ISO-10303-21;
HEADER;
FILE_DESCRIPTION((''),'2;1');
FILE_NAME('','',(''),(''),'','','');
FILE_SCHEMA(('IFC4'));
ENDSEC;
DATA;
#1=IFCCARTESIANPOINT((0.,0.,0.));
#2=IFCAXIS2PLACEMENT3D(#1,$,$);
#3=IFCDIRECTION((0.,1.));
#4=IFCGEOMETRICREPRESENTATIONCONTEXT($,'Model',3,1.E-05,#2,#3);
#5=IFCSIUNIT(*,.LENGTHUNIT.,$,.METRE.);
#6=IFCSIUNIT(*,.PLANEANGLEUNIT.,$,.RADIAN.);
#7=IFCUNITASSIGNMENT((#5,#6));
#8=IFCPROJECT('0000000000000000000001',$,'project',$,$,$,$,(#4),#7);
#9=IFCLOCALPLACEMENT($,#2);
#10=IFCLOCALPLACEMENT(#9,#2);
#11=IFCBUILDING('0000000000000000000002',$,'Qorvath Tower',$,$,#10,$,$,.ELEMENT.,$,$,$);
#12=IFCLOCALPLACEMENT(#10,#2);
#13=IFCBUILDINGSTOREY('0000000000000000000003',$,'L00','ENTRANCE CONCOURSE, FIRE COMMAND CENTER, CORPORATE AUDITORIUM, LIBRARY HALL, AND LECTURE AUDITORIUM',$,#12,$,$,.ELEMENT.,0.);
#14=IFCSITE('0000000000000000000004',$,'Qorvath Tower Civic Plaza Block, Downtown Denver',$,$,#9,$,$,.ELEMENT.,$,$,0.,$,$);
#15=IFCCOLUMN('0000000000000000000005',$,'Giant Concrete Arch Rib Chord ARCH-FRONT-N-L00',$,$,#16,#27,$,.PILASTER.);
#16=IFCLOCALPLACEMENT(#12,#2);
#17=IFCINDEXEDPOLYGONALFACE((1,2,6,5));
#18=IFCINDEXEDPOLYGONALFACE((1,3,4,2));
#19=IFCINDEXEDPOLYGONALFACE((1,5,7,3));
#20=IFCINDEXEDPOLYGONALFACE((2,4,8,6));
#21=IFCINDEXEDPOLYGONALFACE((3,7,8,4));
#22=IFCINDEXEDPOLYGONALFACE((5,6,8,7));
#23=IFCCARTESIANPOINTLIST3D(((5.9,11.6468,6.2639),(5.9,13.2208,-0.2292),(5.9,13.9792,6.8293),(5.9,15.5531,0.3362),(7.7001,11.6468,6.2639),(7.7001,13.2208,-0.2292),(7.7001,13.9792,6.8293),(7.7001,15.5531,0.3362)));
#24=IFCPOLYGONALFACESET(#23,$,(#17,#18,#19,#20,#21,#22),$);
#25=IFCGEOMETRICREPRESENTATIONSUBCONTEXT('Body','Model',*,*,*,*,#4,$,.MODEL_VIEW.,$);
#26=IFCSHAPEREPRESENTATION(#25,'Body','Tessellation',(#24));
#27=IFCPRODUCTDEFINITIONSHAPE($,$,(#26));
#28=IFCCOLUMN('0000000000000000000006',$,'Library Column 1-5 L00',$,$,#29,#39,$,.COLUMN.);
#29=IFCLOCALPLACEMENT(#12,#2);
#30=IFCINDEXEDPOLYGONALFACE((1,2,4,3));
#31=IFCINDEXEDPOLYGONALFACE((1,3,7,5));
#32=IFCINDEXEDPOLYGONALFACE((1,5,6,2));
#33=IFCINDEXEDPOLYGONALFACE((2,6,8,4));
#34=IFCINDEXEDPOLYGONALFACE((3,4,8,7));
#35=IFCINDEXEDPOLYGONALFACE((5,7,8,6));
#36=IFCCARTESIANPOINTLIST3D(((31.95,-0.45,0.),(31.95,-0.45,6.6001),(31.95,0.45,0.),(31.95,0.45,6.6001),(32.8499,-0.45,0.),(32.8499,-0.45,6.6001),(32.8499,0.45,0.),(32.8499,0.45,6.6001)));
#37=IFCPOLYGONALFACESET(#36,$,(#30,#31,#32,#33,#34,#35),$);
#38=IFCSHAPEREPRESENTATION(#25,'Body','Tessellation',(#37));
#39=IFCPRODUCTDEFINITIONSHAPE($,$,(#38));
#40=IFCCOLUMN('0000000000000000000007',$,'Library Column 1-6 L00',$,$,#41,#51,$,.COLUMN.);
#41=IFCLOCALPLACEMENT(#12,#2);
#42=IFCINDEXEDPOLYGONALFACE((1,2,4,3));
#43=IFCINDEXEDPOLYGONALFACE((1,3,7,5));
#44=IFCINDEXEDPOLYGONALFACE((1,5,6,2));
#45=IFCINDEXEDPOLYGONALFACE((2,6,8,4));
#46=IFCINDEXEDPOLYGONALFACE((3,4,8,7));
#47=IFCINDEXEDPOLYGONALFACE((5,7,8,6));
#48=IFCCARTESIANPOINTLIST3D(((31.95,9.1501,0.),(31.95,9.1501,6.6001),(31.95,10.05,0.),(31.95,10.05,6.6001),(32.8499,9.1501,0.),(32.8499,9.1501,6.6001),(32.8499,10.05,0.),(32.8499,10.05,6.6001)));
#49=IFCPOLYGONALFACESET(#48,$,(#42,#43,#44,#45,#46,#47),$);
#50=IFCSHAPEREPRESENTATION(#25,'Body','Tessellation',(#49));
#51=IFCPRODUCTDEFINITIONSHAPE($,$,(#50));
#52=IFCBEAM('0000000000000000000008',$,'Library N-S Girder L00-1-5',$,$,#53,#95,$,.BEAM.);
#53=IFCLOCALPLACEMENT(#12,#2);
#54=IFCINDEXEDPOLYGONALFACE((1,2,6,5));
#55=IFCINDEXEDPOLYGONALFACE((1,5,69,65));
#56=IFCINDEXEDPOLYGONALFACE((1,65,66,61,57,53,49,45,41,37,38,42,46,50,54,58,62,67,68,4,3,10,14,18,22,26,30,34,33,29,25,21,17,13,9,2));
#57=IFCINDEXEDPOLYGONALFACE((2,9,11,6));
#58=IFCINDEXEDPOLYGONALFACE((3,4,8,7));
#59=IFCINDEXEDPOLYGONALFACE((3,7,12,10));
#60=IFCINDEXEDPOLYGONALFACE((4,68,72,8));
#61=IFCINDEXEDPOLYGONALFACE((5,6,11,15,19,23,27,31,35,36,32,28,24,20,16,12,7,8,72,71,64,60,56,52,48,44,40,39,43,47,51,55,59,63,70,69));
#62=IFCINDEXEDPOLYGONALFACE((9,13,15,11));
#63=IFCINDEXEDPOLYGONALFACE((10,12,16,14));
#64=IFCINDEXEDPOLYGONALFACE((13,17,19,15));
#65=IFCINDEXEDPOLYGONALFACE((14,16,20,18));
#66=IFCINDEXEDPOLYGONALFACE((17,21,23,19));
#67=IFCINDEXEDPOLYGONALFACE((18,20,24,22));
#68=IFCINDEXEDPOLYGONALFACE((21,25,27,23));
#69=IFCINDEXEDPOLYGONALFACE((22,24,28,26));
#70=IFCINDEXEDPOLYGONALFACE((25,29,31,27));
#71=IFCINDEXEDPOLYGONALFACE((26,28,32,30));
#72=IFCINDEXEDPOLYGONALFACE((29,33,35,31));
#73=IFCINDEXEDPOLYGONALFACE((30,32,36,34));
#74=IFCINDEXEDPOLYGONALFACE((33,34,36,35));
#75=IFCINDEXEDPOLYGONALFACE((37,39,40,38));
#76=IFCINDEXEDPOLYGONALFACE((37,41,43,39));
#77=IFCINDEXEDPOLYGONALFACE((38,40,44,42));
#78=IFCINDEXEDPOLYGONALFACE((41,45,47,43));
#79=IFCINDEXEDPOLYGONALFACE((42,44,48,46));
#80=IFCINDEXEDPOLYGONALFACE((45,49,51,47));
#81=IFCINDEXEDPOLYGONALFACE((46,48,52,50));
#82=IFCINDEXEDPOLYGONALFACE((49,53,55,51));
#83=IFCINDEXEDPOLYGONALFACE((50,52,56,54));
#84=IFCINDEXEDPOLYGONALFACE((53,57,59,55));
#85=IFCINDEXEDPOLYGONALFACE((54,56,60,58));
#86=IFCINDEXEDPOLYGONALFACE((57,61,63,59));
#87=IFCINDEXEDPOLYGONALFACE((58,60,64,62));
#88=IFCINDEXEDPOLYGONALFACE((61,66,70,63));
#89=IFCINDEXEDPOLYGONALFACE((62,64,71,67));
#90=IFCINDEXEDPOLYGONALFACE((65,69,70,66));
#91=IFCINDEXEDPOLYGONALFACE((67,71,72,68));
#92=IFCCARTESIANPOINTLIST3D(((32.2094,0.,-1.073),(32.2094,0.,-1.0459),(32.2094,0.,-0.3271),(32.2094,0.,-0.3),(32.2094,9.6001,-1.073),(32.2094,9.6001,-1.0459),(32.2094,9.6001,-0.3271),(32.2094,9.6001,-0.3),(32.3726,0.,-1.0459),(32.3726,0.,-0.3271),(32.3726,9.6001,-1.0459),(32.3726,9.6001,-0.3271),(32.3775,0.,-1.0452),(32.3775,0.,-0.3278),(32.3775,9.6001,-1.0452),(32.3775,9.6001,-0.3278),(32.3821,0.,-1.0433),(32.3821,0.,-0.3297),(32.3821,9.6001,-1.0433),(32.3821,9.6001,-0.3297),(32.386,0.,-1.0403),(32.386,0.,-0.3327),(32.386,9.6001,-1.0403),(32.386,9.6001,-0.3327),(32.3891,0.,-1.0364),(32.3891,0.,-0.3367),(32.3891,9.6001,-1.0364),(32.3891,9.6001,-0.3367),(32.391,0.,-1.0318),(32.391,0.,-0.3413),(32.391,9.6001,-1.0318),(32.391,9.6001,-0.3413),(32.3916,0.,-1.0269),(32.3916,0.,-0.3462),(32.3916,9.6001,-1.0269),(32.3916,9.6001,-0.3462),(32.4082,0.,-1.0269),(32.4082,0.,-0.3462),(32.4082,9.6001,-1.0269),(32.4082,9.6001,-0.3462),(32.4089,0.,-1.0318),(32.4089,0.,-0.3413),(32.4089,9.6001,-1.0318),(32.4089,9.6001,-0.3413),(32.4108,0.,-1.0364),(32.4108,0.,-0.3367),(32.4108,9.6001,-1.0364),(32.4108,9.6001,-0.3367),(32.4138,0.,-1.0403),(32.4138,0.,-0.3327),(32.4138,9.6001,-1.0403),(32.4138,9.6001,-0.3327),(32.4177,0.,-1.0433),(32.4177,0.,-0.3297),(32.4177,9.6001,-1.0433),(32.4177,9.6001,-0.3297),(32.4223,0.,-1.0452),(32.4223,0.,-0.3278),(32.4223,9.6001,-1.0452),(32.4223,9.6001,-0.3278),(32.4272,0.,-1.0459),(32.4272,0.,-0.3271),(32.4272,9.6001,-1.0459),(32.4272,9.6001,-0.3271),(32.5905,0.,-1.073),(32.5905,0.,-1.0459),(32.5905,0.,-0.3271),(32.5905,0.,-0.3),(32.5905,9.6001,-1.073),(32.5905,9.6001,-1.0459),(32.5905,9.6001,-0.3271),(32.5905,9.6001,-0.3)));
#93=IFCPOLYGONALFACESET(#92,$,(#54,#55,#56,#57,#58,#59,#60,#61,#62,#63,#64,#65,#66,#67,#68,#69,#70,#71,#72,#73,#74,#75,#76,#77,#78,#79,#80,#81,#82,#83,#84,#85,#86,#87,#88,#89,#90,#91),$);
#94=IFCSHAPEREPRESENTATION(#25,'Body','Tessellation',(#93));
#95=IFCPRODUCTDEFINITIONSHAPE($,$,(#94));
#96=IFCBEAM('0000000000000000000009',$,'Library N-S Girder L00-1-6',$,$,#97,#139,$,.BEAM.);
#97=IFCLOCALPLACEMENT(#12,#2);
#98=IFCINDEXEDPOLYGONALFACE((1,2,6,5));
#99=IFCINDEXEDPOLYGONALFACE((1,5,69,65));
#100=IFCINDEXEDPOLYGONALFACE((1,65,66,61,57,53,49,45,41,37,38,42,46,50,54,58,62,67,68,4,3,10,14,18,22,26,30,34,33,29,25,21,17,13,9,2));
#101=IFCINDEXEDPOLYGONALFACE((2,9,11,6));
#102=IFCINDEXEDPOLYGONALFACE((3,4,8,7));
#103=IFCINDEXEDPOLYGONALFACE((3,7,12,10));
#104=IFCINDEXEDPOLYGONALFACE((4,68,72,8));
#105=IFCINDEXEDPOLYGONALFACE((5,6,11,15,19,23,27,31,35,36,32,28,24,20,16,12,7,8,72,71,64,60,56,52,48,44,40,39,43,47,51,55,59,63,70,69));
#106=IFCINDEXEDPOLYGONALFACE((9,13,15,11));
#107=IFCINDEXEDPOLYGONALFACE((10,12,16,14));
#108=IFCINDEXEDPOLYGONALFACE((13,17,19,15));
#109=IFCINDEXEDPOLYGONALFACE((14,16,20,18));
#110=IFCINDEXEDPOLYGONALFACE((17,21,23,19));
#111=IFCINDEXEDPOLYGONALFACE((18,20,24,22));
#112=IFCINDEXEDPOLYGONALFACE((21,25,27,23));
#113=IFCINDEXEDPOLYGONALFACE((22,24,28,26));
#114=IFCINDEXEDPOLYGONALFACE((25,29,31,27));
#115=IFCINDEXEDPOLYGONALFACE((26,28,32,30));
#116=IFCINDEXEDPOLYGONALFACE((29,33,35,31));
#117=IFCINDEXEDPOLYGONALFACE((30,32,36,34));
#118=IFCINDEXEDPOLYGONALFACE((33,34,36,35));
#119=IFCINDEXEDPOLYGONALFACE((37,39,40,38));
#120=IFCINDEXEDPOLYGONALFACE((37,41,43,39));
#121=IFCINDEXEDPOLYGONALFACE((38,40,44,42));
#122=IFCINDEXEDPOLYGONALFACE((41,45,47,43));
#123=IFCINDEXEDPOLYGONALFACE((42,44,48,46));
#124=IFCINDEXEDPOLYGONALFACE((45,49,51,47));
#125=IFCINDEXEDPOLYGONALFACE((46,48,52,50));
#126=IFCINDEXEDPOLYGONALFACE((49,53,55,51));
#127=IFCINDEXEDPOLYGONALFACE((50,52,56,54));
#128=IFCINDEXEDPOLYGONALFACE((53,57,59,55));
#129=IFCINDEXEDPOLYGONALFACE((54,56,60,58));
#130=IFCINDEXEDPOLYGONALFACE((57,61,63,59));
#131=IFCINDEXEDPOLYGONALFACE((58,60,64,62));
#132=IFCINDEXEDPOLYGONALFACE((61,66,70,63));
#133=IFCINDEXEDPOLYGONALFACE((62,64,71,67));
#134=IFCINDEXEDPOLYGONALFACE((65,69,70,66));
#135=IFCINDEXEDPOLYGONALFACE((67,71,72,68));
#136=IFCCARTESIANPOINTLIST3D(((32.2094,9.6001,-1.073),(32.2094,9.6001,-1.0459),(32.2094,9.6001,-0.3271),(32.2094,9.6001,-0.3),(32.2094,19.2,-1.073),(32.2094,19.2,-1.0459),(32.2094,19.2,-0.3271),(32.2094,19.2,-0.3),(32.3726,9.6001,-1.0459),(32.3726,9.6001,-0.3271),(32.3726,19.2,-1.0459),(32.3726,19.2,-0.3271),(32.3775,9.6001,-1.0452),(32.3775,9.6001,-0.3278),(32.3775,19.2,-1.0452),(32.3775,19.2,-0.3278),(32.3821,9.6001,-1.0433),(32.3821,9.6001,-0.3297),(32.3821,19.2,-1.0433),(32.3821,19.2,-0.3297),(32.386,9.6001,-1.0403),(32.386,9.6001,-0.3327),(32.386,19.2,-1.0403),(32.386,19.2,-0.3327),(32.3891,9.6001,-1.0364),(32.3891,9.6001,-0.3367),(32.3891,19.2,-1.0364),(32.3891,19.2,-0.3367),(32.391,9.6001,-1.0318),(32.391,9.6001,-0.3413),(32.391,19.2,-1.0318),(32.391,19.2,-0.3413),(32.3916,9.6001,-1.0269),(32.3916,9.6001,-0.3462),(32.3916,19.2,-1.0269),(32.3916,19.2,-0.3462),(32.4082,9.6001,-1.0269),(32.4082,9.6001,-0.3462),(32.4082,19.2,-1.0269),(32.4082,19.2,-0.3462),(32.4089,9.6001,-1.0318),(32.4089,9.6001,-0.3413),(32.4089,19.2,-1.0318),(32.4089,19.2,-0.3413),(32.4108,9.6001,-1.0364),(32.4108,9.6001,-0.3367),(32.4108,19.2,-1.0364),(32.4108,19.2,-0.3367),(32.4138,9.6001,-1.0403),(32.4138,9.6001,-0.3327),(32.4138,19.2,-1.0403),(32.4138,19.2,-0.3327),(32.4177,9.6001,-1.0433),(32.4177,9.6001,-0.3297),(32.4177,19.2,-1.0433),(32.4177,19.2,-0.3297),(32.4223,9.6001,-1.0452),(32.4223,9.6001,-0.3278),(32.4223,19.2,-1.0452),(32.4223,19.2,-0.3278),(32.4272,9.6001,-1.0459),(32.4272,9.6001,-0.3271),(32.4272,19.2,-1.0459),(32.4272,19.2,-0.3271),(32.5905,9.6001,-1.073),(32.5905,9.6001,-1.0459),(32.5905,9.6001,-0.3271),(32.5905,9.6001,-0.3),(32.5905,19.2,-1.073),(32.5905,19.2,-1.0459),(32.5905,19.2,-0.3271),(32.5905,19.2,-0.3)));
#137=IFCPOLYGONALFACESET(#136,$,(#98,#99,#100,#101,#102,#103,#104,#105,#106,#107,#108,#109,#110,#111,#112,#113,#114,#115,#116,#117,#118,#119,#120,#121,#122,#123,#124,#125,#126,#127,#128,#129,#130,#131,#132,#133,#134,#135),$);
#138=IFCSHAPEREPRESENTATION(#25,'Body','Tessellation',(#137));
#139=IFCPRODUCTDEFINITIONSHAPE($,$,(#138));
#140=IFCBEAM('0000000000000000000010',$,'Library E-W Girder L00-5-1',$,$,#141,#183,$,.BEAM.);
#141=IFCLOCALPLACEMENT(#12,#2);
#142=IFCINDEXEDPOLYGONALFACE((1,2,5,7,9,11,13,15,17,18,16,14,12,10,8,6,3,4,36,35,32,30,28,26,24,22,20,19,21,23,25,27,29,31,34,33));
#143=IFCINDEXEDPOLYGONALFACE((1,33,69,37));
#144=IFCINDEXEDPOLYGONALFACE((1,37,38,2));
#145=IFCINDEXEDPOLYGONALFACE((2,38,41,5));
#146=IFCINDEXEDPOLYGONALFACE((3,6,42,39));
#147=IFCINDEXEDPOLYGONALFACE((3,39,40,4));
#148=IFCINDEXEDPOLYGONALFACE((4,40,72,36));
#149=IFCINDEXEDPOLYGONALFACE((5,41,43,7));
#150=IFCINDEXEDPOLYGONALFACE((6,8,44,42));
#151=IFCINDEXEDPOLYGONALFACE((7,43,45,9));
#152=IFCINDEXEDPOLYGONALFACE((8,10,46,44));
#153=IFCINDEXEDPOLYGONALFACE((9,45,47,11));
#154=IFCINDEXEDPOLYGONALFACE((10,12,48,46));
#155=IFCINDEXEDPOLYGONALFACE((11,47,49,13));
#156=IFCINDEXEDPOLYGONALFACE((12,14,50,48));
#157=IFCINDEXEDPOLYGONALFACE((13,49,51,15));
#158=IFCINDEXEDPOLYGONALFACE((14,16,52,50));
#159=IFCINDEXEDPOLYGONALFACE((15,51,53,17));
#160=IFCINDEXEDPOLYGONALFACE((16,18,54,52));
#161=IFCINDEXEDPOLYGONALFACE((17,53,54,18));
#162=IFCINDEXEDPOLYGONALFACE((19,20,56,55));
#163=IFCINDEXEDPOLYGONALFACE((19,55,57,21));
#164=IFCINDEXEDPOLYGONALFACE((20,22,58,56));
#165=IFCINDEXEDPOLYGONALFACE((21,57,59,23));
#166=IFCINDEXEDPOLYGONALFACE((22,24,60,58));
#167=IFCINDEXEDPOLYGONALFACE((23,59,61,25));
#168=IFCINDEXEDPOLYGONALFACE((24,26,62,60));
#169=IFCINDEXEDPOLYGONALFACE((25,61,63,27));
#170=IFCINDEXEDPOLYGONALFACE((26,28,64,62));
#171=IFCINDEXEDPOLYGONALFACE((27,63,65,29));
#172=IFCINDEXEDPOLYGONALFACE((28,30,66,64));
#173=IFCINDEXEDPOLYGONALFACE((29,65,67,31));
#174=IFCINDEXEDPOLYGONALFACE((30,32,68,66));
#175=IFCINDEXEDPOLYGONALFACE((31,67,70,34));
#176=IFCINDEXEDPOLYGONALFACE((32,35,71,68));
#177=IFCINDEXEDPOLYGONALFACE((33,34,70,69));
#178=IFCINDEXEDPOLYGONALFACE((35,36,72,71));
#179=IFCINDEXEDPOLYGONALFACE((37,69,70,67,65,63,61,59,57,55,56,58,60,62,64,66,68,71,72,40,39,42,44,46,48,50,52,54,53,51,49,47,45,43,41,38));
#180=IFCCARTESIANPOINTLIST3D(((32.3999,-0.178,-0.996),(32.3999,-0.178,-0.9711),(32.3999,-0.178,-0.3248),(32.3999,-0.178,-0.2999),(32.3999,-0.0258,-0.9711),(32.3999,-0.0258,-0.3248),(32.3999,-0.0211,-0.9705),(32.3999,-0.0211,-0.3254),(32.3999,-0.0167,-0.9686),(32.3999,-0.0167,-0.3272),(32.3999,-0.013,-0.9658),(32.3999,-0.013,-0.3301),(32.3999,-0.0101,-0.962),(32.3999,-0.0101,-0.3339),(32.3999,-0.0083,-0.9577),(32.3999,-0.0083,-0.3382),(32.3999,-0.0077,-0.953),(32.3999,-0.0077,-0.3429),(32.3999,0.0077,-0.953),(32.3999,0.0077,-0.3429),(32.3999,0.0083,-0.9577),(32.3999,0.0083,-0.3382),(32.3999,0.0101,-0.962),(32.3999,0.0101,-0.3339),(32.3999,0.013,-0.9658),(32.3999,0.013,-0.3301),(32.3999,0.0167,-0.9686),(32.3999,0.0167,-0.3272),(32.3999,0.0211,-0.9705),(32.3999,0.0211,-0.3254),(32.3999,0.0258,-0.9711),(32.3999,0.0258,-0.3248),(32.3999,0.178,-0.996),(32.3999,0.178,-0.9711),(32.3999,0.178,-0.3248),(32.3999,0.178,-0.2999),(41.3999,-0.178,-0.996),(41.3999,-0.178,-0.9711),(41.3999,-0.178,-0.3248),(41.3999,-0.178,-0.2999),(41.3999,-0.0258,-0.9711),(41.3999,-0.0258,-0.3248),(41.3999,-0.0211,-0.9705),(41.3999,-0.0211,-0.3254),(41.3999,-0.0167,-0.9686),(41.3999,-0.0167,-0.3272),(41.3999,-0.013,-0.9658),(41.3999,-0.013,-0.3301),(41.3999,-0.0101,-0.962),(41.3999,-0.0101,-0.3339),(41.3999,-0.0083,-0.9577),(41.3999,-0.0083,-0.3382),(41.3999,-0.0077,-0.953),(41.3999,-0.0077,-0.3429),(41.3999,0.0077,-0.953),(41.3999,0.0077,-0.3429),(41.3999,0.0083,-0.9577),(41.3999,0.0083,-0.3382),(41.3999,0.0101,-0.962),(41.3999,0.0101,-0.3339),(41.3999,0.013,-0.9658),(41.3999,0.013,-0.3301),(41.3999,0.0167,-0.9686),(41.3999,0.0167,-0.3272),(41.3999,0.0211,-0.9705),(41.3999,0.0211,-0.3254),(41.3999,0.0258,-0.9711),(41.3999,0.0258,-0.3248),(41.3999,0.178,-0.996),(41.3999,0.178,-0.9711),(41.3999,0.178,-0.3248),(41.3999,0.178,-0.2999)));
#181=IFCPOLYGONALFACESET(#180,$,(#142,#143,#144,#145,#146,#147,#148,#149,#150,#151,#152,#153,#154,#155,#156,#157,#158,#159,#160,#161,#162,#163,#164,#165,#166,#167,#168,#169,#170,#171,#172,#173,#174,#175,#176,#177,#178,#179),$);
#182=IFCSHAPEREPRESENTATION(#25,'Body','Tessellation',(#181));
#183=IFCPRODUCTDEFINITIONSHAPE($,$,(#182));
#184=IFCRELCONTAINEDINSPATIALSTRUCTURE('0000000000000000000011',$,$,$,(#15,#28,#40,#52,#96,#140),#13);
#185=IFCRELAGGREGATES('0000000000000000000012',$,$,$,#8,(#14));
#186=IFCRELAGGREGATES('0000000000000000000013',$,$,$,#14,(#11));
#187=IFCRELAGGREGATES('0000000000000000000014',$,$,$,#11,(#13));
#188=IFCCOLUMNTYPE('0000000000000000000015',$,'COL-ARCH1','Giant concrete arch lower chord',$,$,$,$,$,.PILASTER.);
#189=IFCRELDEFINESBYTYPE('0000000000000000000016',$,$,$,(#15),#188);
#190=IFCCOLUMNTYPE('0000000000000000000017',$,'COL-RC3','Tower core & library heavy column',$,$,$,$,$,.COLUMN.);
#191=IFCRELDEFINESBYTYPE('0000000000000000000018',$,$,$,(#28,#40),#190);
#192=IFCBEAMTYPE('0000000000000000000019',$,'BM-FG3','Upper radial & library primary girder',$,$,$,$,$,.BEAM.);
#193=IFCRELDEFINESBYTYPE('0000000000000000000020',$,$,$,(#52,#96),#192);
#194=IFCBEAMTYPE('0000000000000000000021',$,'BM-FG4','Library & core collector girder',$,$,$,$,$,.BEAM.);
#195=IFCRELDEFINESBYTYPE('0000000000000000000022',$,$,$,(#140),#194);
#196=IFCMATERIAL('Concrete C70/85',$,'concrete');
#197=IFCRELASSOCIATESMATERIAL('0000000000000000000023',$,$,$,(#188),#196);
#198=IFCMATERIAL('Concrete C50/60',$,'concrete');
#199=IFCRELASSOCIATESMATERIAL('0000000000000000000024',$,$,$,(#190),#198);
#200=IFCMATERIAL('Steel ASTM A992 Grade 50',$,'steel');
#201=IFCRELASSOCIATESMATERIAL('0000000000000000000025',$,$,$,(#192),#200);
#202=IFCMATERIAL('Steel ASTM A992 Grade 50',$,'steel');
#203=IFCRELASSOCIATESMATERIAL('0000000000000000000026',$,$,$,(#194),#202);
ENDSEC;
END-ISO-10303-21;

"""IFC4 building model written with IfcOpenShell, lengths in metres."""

from ifc_helpers import new_model, si_unit, direction, frame, origin, origin_2d, place, context, subcontext, project, spatial, rectangle, i_section, extrude, material, material_profile, profile_set, type_object, element, save


model = new_model("IFC4")

# Units and contexts
model_context = context("Model", 3, precision=1e-05, world=origin(), true_north=direction((0.0, 1.0)))
body_context = subcontext(model_context, "Body", "Model", "MODEL_VIEW")
ifc_project = project(units=[si_unit("LENGTHUNIT", "METRE"), si_unit("PLANEANGLEUNIT", "RADIAN")], contexts=[model_context])

# Site, building, storey
site_placement = place(None, origin())
site = spatial("IfcSite", under=ifc_project, at=site_placement, Name="Qorvath Tower Civic Plaza Block, Downtown Denver", CompositionType="ELEMENT", RefElevation=0.0)
building_placement = place(site_placement, origin())
building = spatial("IfcBuilding", under=site, at=building_placement, Name="Qorvath Tower", CompositionType="ELEMENT")
storey_placement = place(building_placement, origin())
storey = spatial("IfcBuildingStorey", under=building, at=storey_placement, Name="L00", Description="ENTRANCE CONCOURSE, FIRE COMMAND CENTER, CORPORATE AUDITORIUM, LIBRARY HALL, AND LECTURE AUDITORIUM", CompositionType="ELEMENT", Elevation=0.0)

# Columns
ifc_material_1 = material(Name="Concrete C70/85", Category="concrete")
ifc_material_profile_1 = material_profile(ifc_material_1, rectangle(XDim=1.8, YDim=2.3999, at=origin_2d()), Name="ARCH 2400x1800")
ifc_profile_set_1 = profile_set([ifc_material_profile_1], Name="Concrete C70/85")
column_type_1 = type_object("IfcColumnType", Name="COL-ARCH1", Description="Giant concrete arch lower chord", PredefinedType="PILASTER", material=ifc_profile_set_1)
column_placement = place(storey_placement, frame((6.8, 14.387, 0.0535), z_axis=(0.0, -0.235582, 0.971854), x_axis=(1.0, 0.0, 0.0)))
element("IfcColumn", 1, at=column_placement, inside=storey, type_object=column_type_1, Name="Giant Concrete Arch Rib Chord ARCH-FRONT-N-L00", PredefinedType="PILASTER", context=body_context, shape_type="SweptSolid", body=[
    extrude(rectangle(XDim=1.8, YDim=2.3999, at=origin_2d()), origin(), (0.0, 0.0, 1.0), 6.6812),
])
ifc_material_2 = material(Name="Concrete C50/60", Category="concrete")
ifc_material_profile_2 = material_profile(ifc_material_2, rectangle(XDim=0.8999, YDim=0.8999, at=origin_2d()), Name="RC 900x900")
ifc_profile_set_2 = profile_set([ifc_material_profile_2], Name="Concrete C50/60")
column_type_2 = type_object("IfcColumnType", Name="COL-RC3", Description="Tower core & library heavy column", PredefinedType="COLUMN", material=ifc_profile_set_2)
for number, where, z_axis, x_axis, name in (
    (2, (32.3999, 0.0, 0.0), (0.0, 0.0, 1.0), (1.0, 0.0, 0.0), "Library Column 1-5 L00"),
    (3, (32.3999, 9.6001, 0.0), (0.0, 0.0, 1.0), (1.0, 0.0, 0.0), "Library Column 1-6 L00"),
):
    element("IfcColumn", number, at=place(storey_placement, frame(where, z_axis=z_axis, x_axis=x_axis)), inside=storey, type_object=column_type_2, Name=name, PredefinedType="COLUMN", context=body_context, shape_type="SweptSolid", body=[
        extrude(rectangle(XDim=0.8999, YDim=0.8999, at=origin_2d()), origin(), (0.0, 0.0, 1.0), 6.6001),
    ])

# Beams
ifc_material_3 = material(Name="Steel ASTM A992 Grade 50", Category="steel")
ifc_material_profile_3 = material_profile(ifc_material_3, i_section(OverallWidth=0.3811, OverallDepth=0.7729, WebThickness=0.0166, FlangeThickness=0.0271, FilletRadius=0.019, at=origin_2d()), Name="W30x173")
ifc_profile_set_3 = profile_set([ifc_material_profile_3], Name="Steel ASTM A992 Grade 50")
beam_type_1 = type_object("IfcBeamType", Name="BM-FG3", Description="Upper radial & library primary girder", PredefinedType="BEAM", material=ifc_profile_set_3)
beam_1_placement = place(storey_placement, frame((32.3999, 0.0, -0.6865), z_axis=(0.0, 1.0, 0.0), x_axis=(-1.0, 0.0, 0.0)))
element("IfcBeam", 4, at=beam_1_placement, inside=storey, type_object=beam_type_1, Name="Library N-S Girder L00-1-5", PredefinedType="BEAM", context=body_context, shape_type="SweptSolid", body=[
    extrude(i_section(OverallWidth=0.3811, OverallDepth=0.7729, WebThickness=0.0166, FlangeThickness=0.0271, FilletRadius=0.019, at=origin_2d()), origin(), (0.0, 0.0, 1.0), 9.6001),
])
beam_2_placement = place(storey_placement, frame((32.3999, 9.6001, -0.6865), z_axis=(0.0, 1.0, 0.0), x_axis=(-1.0, 0.0, 0.0)))
element("IfcBeam", 5, at=beam_2_placement, inside=storey, type_object=beam_type_1, Name="Library N-S Girder L00-1-6", PredefinedType="BEAM", context=body_context, shape_type="SweptSolid", body=[
    extrude(i_section(OverallWidth=0.3811, OverallDepth=0.7729, WebThickness=0.0166, FlangeThickness=0.0271, FilletRadius=0.019, at=origin_2d()), origin(), (0.0, 0.0, 1.0), 9.5999),
])
ifc_material_4 = material(Name="Steel ASTM A992 Grade 50", Category="steel")
ifc_material_profile_4 = material_profile(ifc_material_4, i_section(OverallWidth=0.356, OverallDepth=0.696, WebThickness=0.0154, FlangeThickness=0.0249, FilletRadius=0.0181, at=origin_2d()), Name="W27x146")
ifc_profile_set_4 = profile_set([ifc_material_profile_4], Name="Steel ASTM A992 Grade 50")
beam_type_2 = type_object("IfcBeamType", Name="BM-FG4", Description="Library & core collector girder", PredefinedType="BEAM", material=ifc_profile_set_4)
for number, where, z_axis, x_axis, name in (
    (6, (32.3999, 0.0, -0.6479), (1.0, 0.0, 0.0), (0.0, 1.0, 0.0), "Library E-W Girder L00-5-1"),
):
    element("IfcBeam", number, at=place(storey_placement, frame(where, z_axis=z_axis, x_axis=x_axis)), inside=storey, type_object=beam_type_2, Name=name, PredefinedType="BEAM", context=body_context, shape_type="SweptSolid", body=[
        extrude(i_section(OverallWidth=0.356, OverallDepth=0.696, WebThickness=0.0154, FlangeThickness=0.0249, FilletRadius=0.0181, at=origin_2d()), origin(), (0.0, 0.0, 1.0), 9.0),
    ])

save(model, "model.ifc")
